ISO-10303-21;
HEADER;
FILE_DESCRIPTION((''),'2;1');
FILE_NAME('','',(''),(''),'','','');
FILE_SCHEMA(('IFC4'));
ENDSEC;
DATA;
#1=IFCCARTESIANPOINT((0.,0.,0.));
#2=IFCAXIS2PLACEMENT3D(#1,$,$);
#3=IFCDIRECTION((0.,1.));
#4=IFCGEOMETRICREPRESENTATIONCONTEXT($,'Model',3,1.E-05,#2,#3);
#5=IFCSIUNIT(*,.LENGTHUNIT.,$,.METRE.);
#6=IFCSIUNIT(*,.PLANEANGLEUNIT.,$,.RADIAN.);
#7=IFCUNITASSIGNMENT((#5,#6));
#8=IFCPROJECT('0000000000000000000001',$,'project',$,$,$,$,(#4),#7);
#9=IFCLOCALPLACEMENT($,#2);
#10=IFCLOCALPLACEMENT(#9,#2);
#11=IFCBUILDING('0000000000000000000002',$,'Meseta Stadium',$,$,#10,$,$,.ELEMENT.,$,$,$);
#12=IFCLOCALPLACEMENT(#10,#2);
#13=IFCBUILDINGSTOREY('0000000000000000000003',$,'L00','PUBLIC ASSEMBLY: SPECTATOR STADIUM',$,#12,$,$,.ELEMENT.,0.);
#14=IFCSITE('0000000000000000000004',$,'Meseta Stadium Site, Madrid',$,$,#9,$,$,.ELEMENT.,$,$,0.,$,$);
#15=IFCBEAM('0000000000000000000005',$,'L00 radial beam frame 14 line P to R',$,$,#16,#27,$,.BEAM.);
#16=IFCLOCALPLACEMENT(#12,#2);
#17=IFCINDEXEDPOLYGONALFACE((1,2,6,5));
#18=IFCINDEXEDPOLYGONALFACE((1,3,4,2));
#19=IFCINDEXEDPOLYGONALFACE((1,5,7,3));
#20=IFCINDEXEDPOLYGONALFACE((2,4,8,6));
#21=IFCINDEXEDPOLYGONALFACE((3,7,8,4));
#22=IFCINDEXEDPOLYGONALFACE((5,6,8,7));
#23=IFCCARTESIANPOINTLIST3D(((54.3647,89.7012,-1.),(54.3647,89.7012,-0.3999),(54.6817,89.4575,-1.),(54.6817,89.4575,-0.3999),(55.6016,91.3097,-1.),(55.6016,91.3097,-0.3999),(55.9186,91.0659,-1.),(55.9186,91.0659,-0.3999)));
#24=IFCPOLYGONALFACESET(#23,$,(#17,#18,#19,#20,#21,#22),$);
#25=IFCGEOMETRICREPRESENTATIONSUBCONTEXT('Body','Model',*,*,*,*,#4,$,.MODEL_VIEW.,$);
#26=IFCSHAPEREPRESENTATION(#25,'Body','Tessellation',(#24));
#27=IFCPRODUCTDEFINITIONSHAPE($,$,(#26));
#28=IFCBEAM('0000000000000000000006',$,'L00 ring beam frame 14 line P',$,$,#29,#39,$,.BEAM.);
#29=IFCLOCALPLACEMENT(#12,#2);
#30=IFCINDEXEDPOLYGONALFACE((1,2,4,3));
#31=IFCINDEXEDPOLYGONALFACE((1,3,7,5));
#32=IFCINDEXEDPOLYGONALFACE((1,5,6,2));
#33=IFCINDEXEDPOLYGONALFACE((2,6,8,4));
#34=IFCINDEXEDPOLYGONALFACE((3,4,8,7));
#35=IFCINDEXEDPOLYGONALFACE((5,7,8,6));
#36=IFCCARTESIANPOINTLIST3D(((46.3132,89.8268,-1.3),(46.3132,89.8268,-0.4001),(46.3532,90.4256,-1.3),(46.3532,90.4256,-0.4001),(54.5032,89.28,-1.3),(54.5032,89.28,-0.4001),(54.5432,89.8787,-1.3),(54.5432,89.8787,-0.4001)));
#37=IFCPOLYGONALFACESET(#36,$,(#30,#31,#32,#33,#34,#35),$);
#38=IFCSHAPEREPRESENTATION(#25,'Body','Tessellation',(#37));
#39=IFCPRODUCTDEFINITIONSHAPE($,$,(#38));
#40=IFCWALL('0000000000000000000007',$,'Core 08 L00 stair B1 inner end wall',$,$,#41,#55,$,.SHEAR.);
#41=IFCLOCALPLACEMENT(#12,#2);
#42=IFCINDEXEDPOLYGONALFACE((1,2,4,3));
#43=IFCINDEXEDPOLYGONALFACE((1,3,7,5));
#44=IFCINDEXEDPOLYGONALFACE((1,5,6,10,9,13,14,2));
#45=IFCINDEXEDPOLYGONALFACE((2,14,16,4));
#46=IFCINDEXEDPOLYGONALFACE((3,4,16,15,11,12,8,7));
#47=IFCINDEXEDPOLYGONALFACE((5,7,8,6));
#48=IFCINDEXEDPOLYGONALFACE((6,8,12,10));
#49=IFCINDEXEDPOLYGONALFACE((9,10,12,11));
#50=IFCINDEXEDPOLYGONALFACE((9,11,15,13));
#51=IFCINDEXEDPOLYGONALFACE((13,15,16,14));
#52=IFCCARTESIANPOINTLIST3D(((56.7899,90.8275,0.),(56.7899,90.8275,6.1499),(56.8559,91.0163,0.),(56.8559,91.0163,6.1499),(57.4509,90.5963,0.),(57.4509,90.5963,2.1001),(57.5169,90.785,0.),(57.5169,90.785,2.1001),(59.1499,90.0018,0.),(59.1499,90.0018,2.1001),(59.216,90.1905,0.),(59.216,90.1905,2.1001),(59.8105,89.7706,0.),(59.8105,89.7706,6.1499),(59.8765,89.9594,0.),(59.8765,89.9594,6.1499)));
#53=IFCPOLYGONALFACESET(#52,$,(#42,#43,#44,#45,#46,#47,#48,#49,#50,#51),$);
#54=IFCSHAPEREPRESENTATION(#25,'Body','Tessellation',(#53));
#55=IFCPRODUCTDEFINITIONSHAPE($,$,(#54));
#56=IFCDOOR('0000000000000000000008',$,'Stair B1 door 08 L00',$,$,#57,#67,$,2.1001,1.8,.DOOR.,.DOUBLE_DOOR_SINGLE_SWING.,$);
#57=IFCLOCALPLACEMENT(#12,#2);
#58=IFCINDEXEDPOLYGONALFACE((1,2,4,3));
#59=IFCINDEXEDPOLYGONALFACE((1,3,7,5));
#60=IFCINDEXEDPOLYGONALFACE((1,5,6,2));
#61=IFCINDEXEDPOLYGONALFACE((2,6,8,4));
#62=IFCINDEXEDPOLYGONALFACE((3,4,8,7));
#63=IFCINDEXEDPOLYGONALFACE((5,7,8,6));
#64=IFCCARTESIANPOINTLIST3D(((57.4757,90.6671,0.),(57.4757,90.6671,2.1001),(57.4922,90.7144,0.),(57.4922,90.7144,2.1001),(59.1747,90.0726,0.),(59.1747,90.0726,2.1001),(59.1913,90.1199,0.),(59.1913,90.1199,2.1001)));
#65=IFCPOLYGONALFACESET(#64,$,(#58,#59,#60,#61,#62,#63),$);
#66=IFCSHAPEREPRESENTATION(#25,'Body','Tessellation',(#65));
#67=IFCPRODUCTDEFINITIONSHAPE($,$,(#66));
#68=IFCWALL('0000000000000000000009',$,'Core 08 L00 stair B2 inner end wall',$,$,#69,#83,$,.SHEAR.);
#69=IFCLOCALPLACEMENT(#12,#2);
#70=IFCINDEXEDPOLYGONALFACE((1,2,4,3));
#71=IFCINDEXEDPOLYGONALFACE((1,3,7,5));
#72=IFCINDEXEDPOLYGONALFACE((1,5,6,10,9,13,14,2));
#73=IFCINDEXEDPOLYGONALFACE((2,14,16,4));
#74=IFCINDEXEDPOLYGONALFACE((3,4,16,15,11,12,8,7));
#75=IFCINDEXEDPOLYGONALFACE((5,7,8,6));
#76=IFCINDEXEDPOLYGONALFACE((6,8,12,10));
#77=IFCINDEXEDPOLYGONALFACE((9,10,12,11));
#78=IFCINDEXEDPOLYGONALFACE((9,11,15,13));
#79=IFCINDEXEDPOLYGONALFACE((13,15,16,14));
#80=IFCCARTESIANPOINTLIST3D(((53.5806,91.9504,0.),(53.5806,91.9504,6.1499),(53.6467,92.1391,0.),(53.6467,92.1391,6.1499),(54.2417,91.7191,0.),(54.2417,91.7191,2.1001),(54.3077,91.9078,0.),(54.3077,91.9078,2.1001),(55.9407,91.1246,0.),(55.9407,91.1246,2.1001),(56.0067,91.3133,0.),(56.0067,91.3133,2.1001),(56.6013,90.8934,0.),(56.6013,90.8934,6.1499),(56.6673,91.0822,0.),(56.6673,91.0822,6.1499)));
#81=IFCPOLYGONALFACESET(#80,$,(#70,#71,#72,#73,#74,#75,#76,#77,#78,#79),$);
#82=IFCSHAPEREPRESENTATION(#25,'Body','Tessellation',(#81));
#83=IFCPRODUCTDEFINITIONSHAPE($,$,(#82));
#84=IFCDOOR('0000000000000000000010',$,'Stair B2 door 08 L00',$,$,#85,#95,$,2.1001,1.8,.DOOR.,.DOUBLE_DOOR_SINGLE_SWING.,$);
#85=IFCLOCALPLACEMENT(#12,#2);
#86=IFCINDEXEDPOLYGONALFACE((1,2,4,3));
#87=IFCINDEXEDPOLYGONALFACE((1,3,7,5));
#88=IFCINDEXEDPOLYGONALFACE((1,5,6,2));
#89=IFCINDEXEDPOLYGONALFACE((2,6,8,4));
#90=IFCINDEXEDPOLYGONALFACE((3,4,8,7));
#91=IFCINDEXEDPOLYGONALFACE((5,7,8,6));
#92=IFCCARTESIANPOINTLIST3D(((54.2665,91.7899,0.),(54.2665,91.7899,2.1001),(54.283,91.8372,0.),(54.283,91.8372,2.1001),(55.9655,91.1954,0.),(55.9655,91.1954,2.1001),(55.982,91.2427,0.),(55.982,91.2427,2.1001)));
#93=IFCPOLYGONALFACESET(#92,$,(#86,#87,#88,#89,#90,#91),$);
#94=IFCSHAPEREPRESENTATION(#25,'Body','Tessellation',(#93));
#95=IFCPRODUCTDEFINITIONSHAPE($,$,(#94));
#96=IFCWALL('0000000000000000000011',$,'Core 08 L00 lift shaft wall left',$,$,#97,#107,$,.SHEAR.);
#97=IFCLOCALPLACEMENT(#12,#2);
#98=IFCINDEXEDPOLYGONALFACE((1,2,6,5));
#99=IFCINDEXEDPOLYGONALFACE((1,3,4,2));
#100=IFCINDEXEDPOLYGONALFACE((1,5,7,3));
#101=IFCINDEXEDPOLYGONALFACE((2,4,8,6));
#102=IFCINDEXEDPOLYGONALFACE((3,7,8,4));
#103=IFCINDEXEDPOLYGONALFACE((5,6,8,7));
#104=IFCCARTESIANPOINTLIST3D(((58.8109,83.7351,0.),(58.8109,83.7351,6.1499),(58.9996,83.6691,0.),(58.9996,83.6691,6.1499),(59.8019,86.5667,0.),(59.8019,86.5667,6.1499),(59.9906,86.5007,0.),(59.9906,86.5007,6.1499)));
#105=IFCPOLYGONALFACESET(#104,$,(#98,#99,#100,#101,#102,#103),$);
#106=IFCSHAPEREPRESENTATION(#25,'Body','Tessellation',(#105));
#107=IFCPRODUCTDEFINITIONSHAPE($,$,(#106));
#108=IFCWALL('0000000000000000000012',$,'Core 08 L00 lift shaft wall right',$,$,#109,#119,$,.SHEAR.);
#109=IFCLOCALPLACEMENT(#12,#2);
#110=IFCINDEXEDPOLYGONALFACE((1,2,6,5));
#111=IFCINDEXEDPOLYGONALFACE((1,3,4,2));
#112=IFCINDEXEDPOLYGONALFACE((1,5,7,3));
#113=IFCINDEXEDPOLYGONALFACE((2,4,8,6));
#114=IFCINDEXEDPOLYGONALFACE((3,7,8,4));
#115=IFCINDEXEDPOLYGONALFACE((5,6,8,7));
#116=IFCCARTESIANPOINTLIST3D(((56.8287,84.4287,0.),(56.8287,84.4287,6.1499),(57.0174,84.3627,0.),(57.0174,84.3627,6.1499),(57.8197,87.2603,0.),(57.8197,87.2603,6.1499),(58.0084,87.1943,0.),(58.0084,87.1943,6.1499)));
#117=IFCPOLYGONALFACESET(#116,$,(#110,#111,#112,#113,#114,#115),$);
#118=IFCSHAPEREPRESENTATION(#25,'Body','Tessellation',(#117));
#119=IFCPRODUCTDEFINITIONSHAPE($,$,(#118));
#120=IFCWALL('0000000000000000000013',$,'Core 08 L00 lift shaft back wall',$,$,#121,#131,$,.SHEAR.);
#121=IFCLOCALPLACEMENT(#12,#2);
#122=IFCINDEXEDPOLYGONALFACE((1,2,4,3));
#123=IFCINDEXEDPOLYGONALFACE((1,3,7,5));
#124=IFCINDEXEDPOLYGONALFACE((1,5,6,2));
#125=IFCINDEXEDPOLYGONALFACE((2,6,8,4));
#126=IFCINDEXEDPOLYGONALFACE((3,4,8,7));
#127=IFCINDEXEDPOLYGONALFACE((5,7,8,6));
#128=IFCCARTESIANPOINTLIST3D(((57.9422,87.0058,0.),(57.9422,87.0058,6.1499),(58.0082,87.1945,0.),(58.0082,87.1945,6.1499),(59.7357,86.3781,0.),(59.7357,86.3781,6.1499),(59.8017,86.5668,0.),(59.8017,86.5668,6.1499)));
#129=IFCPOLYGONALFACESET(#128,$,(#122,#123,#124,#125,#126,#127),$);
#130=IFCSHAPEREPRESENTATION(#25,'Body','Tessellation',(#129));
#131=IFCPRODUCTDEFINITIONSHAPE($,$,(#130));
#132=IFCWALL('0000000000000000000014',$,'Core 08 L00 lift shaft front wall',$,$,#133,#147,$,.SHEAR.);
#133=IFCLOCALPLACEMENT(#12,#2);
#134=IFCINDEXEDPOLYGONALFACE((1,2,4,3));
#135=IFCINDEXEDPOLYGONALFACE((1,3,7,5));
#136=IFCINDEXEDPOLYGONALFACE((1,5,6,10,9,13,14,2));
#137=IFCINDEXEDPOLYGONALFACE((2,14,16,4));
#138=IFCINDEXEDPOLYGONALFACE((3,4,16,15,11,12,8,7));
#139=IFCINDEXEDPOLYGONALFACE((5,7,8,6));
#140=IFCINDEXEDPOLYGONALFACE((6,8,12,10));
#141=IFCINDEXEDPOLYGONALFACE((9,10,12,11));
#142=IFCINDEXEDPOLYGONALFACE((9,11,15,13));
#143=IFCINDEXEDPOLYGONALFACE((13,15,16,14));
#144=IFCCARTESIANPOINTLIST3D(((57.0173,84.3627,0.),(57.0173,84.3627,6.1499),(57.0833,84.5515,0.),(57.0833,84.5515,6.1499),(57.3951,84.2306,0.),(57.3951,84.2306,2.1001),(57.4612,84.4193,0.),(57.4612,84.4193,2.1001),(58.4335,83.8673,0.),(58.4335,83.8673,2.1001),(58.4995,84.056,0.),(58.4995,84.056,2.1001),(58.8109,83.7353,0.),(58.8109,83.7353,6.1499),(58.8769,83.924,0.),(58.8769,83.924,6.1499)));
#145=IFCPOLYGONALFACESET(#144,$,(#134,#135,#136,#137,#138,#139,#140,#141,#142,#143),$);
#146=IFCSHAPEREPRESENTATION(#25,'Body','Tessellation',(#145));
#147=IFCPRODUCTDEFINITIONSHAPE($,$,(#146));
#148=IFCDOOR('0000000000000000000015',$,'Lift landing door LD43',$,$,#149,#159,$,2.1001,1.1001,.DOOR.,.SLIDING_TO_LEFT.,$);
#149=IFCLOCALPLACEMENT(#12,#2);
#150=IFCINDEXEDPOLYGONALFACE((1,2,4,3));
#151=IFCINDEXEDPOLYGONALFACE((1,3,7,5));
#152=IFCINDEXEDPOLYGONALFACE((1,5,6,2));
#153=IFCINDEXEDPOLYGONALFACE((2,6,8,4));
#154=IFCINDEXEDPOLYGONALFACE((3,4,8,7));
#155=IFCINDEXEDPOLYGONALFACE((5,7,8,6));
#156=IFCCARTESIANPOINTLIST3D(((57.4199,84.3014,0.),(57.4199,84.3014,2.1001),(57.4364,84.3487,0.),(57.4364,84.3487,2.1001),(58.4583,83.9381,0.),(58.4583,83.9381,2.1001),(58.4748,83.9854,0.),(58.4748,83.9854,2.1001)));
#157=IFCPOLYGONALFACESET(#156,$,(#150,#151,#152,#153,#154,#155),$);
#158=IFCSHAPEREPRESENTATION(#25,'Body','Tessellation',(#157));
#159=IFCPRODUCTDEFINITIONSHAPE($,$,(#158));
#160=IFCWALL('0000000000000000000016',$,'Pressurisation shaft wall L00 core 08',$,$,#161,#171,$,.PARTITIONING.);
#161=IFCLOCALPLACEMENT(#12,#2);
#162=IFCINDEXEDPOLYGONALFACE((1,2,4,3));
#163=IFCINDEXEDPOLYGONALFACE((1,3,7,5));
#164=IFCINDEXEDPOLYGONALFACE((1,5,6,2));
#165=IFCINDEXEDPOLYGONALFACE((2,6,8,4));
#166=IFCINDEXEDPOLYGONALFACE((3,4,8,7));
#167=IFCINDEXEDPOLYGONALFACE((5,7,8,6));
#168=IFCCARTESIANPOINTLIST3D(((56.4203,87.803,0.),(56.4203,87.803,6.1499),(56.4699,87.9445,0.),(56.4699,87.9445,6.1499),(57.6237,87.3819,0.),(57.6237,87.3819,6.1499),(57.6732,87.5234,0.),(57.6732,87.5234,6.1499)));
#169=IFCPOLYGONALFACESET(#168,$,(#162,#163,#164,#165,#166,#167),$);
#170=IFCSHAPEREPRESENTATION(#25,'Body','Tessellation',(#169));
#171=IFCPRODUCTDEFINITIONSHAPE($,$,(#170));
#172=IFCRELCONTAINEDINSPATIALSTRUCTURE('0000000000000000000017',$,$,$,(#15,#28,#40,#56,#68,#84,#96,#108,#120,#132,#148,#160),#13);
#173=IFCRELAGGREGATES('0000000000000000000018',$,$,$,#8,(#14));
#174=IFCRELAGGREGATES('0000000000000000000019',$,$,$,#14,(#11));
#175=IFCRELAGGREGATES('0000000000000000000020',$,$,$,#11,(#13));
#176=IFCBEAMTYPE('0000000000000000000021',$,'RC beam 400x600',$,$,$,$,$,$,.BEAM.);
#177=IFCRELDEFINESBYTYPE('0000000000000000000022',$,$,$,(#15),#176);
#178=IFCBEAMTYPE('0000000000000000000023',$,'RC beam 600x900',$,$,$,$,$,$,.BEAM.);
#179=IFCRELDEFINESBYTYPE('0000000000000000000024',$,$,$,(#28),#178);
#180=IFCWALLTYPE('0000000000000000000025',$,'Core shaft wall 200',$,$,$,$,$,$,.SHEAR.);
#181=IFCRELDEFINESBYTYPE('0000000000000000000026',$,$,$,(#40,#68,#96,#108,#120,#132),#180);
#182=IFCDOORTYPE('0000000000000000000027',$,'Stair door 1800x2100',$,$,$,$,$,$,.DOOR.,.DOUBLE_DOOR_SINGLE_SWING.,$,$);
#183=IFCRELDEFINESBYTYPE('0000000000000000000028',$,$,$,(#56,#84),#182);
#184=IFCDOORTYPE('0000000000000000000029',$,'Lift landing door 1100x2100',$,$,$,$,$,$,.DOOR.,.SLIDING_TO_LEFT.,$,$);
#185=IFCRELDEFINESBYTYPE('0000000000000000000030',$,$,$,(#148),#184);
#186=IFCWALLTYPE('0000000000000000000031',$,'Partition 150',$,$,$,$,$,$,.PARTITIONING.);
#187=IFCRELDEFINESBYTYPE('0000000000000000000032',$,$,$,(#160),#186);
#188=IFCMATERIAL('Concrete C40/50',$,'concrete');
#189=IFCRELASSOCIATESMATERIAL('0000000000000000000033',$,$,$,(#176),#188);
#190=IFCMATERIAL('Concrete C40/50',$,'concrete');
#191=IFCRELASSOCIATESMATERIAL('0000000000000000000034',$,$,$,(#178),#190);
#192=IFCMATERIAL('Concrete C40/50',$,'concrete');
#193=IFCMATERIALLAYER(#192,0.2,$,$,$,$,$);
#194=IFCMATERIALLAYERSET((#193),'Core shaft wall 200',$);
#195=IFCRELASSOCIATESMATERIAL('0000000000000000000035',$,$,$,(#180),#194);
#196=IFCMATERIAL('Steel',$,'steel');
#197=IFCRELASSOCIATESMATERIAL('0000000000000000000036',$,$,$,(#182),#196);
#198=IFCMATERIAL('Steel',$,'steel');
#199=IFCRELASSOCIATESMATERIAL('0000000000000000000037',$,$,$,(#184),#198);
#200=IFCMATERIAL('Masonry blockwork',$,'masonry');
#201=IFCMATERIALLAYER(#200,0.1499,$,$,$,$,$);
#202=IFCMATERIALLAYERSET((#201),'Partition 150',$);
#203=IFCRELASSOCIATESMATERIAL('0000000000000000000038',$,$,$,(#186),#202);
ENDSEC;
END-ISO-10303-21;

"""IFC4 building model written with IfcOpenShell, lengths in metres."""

from ifc_helpers import new_model, si_unit, direction, frame, frame_2d, origin, origin_2d, place, context, subcontext, project, spatial, rectangle, extrude, material, layer, layer_set, material_profile, profile_set, type_object, element, fill, save


model = new_model("IFC4")

# Units and contexts
model_context = context("Model", 3, precision=1e-05, world=origin(), true_north=direction((0.0, 1.0)))
body_context = subcontext(model_context, "Body", "Model", "MODEL_VIEW")
ifc_project = project(units=[si_unit("LENGTHUNIT", "METRE"), si_unit("PLANEANGLEUNIT", "RADIAN")], contexts=[model_context])

# Site, building, storey
site_placement = place(None, origin())
site = spatial("IfcSite", under=ifc_project, at=site_placement, Name="Meseta Stadium Site, Madrid", CompositionType="ELEMENT", RefElevation=0.0)
building_placement = place(site_placement, origin())
building = spatial("IfcBuilding", under=site, at=building_placement, Name="Meseta Stadium", CompositionType="ELEMENT")
storey_placement = place(building_placement, origin())
storey = spatial("IfcBuildingStorey", under=building, at=storey_placement, Name="L00", Description="PUBLIC ASSEMBLY: SPECTATOR STADIUM", CompositionType="ELEMENT", Elevation=0.0)

# Beams
ifc_material_1 = material(Name="Concrete C40/50", Category="concrete")
ifc_material_profile_1 = material_profile(ifc_material_1, rectangle(XDim=0.3999, YDim=0.6001, at=origin_2d()), Name="RC 400x600")
ifc_profile_set_1 = profile_set([ifc_material_profile_1], Name="Concrete C40/50")
beam_type_1 = type_object("IfcBeamType", Name="RC beam 400x600", PredefinedType="BEAM", material=ifc_profile_set_1)
beam_1_placement = place(storey_placement, frame((54.5232, 89.5793, -0.7), z_axis=(0.609583, 0.792722, 0.0), x_axis=(-0.792722, 0.609583, 0.0)))
element("IfcBeam", 1, at=beam_1_placement, inside=storey, type_object=beam_type_1, Name="L00 radial beam frame 14 line P to R", PredefinedType="BEAM", context=body_context, shape_type="SweptSolid", body=[
    extrude(rectangle(XDim=0.3999, YDim=0.6001, at=origin_2d()), origin(), (0.0, 0.0, 1.0), 2.0291),
])
ifc_material_2 = material(Name="Concrete C40/50", Category="concrete")
ifc_material_profile_2 = material_profile(ifc_material_2, rectangle(XDim=0.6001, YDim=0.8999, at=origin_2d()), Name="RC 600x900")
ifc_profile_set_2 = profile_set([ifc_material_profile_2], Name="Concrete C40/50")
beam_type_2 = type_object("IfcBeamType", Name="RC beam 600x900", PredefinedType="BEAM", material=ifc_profile_set_2)
beam_2_placement = place(storey_placement, frame((54.5232, 89.5793, -0.8501), z_axis=(-0.997778, 0.066626, 0.0), x_axis=(-0.066626, -0.997778, 0.0)))
element("IfcBeam", 2, at=beam_2_placement, inside=storey, type_object=beam_type_2, Name="L00 ring beam frame 14 line P", PredefinedType="BEAM", context=body_context, shape_type="SweptSolid", body=[
    extrude(rectangle(XDim=0.6001, YDim=0.8999, at=origin_2d()), origin(), (0.0, 0.0, 1.0), 8.2083),
])

# Walls, openings, doors
ifc_material_3 = material(Name="Concrete C40/50", Category="concrete")
ifc_layer_1 = layer(ifc_material_3, 0.2)
ifc_layer_set_1 = layer_set([ifc_layer_1], Name="Core shaft wall 200")
wall_type_1 = type_object("IfcWallType", Name="Core shaft wall 200", PredefinedType="SHEAR", material=ifc_layer_set_1)
wall_1_placement = place(storey_placement, frame((59.8435, 89.865, 0.0), z_axis=(0.0, 0.0, 1.0), x_axis=(-0.943887, 0.330269, 0.0)))
wall_1 = element("IfcWall", 3, at=wall_1_placement, inside=storey, type_object=wall_type_1, Name="Core 08 L00 stair B1 inner end wall", PredefinedType="SHEAR", context=body_context, shape_type="SweptSolid", body=[
    extrude(rectangle(XDim=3.2002, YDim=0.2, at=frame_2d((1.6001, 0.0))), origin(), (0.0, 0.0, 1.0), 6.1499),
])
opening_1_placement = place(wall_1_placement, frame((0.7, 0.0, 0.0)))
opening_1 = element("IfcOpeningElement", 4, at=opening_1_placement, cuts=wall_1, PredefinedType="OPENING", context=body_context, shape_type="SweptSolid", body=[
    extrude(rectangle(XDim=1.8, YDim=2.1001, at=frame_2d((0.8999, 1.05))), frame((0.0, 0.1099, 0.0), z_axis=(0.0, -1.0, 0.0), x_axis=(1.0, 0.0, 0.0)), (0.0, 0.0, 1.0), 0.22),
])
ifc_material_4 = material(Name="Steel", Category="steel")
door_type_1 = type_object("IfcDoorType", Name="Stair door 1800x2100", OperationType="DOUBLE_DOOR_SINGLE_SWING", PredefinedType="DOOR", material=ifc_material_4)
door_1_placement = place(opening_1_placement, origin())
door_1 = element("IfcDoor", 5, at=door_1_placement, inside=storey, type_object=door_type_1, Name="Stair B1 door 08 L00", OperationType="DOUBLE_DOOR_SINGLE_SWING", OverallHeight=2.1001, OverallWidth=1.8, PredefinedType="DOOR", context=body_context, shape_type="SweptSolid", body=[
    extrude(rectangle(XDim=1.8, YDim=2.1001, at=frame_2d((0.8999, 1.05))), frame((0.0, 0.0249, 0.0), z_axis=(0.0, -1.0, 0.0), x_axis=(1.0, 0.0, 0.0)), (0.0, 0.0, 1.0), 0.05),
])
fill(opening_1, door_1)
wall_2_placement = place(storey_placement, frame((56.6343, 90.9878, 0.0), z_axis=(0.0, 0.0, 1.0), x_axis=(-0.943887, 0.330269, 0.0)))
wall_2 = element("IfcWall", 6, at=wall_2_placement, inside=storey, type_object=wall_type_1, Name="Core 08 L00 stair B2 inner end wall", PredefinedType="SHEAR", context=body_context, shape_type="SweptSolid", body=[
    extrude(rectangle(XDim=3.2002, YDim=0.2, at=frame_2d((1.6001, 0.0))), origin(), (0.0, 0.0, 1.0), 6.1499),
])
opening_2_placement = place(wall_2_placement, frame((0.7, 0.0, 0.0)))
opening_2 = element("IfcOpeningElement", 7, at=opening_2_placement, cuts=wall_2, PredefinedType="OPENING", context=body_context, shape_type="SweptSolid", body=[
    extrude(rectangle(XDim=1.8, YDim=2.1001, at=frame_2d((0.8999, 1.05))), frame((0.0, 0.1099, 0.0), z_axis=(0.0, -1.0, 0.0), x_axis=(1.0, 0.0, 0.0)), (0.0, 0.0, 1.0), 0.22),
])
door_2_placement = place(opening_2_placement, origin())
door_2 = element("IfcDoor", 8, at=door_2_placement, inside=storey, type_object=door_type_1, Name="Stair B2 door 08 L00", OperationType="DOUBLE_DOOR_SINGLE_SWING", OverallHeight=2.1001, OverallWidth=1.8, PredefinedType="DOOR", context=body_context, shape_type="SweptSolid", body=[
    extrude(rectangle(XDim=1.8, YDim=2.1001, at=frame_2d((0.8999, 1.05))), frame((0.0, 0.0249, 0.0), z_axis=(0.0, -1.0, 0.0), x_axis=(1.0, 0.0, 0.0)), (0.0, 0.0, 1.0), 0.05),
])
fill(opening_2, door_2)

# Walls
for number, where, z_axis, x_axis, name in (
    (9, (59.8962, 86.5337, 0.0), (0.0, 0.0, 1.0), (-0.330329, -0.943866, 0.0), "Core 08 L00 lift shaft wall left"),
    (10, (57.9141, 87.2273, 0.0), (0.0, 0.0, 1.0), (-0.330329, -0.943866, 0.0), "Core 08 L00 lift shaft wall right"),
):
    element("IfcWall", number, at=place(storey_placement, frame(where, z_axis=z_axis, x_axis=x_axis)), inside=storey, type_object=wall_type_1, Name=name, PredefinedType="SHEAR", context=body_context, shape_type="SweptSolid", body=[
        extrude(rectangle(XDim=3.0, YDim=0.2, at=frame_2d((1.5, 0.0))), origin(), (0.0, 0.0, 1.0), 6.1499),
    ])
wall_3_placement = place(storey_placement, frame((59.7688, 86.4724, 0.0), z_axis=(0.0, 0.0, 1.0), x_axis=(-0.943862, 0.330339, 0.0)))
element("IfcWall", 11, at=wall_3_placement, inside=storey, type_object=wall_type_1, Name="Core 08 L00 lift shaft back wall", PredefinedType="SHEAR", context=body_context, shape_type="SweptSolid", body=[
    extrude(rectangle(XDim=1.9001, YDim=0.2, at=frame_2d((0.9502, 0.0))), origin(), (0.0, 0.0, 1.0), 6.1499),
])

# Wall, opening, door
wall_4_placement = place(storey_placement, frame((58.844, 83.8296, 0.0), z_axis=(0.0, 0.0, 1.0), x_axis=(-0.943902, 0.330225, 0.0)))
wall_4 = element("IfcWall", 12, at=wall_4_placement, inside=storey, type_object=wall_type_1, Name="Core 08 L00 lift shaft front wall", PredefinedType="SHEAR", context=body_context, shape_type="SweptSolid", body=[
    extrude(rectangle(XDim=1.9001, YDim=0.2, at=frame_2d((0.9502, 0.0))), origin(), (0.0, 0.0, 1.0), 6.1499),
])
opening_3_placement = place(wall_4_placement, frame((0.3999, 0.0, 0.0)))
opening_3 = element("IfcOpeningElement", 13, at=opening_3_placement, cuts=wall_4, PredefinedType="OPENING", context=body_context, shape_type="SweptSolid", body=[
    extrude(rectangle(XDim=1.1001, YDim=2.1001, at=frame_2d((0.55, 1.05))), frame((0.0, 0.1099, 0.0), z_axis=(0.0, -1.0, 0.0), x_axis=(1.0, 0.0, 0.0)), (0.0, 0.0, 1.0), 0.22),
])
ifc_material_5 = material(Name="Steel", Category="steel")
door_type_2 = type_object("IfcDoorType", Name="Lift landing door 1100x2100", OperationType="SLIDING_TO_LEFT", PredefinedType="DOOR", material=ifc_material_5)
door_3_placement = place(opening_3_placement, origin())
door_3 = element("IfcDoor", 14, at=door_3_placement, inside=storey, type_object=door_type_2, Name="Lift landing door LD43", OperationType="SLIDING_TO_LEFT", OverallHeight=2.1001, OverallWidth=1.1001, PredefinedType="DOOR", context=body_context, shape_type="SweptSolid", body=[
    extrude(rectangle(XDim=1.1001, YDim=2.1001, at=frame_2d((0.55, 1.05))), frame((0.0, 0.0249, 0.0), z_axis=(0.0, -1.0, 0.0), x_axis=(1.0, 0.0, 0.0)), (0.0, 0.0, 1.0), 0.05),
])
fill(opening_3, door_3)

# Wall
ifc_material_6 = material(Name="Masonry blockwork", Category="masonry")
ifc_layer_2 = layer(ifc_material_6, 0.1499)
ifc_layer_set_2 = layer_set([ifc_layer_2], Name="Partition 150")
wall_type_2 = type_object("IfcWallType", Name="Partition 150", PredefinedType="PARTITIONING", material=ifc_layer_set_2)
for number, where, z_axis, x_axis, name in (
    (15, (57.6484, 87.4526, 0.0), (0.0, 0.0, 1.0), (-0.943867, 0.330325, 0.0), "Pressurisation shaft wall L00 core 08"),
):
    element("IfcWall", number, at=place(storey_placement, frame(where, z_axis=z_axis, x_axis=x_axis)), inside=storey, type_object=wall_type_2, Name=name, PredefinedType="PARTITIONING", context=body_context, shape_type="SweptSolid", body=[
        extrude(rectangle(XDim=1.2749, YDim=0.1499, at=frame_2d((0.6375, 0.0))), origin(), (0.0, 0.0, 1.0), 6.1499),
    ])

save(model, "model.ifc")
